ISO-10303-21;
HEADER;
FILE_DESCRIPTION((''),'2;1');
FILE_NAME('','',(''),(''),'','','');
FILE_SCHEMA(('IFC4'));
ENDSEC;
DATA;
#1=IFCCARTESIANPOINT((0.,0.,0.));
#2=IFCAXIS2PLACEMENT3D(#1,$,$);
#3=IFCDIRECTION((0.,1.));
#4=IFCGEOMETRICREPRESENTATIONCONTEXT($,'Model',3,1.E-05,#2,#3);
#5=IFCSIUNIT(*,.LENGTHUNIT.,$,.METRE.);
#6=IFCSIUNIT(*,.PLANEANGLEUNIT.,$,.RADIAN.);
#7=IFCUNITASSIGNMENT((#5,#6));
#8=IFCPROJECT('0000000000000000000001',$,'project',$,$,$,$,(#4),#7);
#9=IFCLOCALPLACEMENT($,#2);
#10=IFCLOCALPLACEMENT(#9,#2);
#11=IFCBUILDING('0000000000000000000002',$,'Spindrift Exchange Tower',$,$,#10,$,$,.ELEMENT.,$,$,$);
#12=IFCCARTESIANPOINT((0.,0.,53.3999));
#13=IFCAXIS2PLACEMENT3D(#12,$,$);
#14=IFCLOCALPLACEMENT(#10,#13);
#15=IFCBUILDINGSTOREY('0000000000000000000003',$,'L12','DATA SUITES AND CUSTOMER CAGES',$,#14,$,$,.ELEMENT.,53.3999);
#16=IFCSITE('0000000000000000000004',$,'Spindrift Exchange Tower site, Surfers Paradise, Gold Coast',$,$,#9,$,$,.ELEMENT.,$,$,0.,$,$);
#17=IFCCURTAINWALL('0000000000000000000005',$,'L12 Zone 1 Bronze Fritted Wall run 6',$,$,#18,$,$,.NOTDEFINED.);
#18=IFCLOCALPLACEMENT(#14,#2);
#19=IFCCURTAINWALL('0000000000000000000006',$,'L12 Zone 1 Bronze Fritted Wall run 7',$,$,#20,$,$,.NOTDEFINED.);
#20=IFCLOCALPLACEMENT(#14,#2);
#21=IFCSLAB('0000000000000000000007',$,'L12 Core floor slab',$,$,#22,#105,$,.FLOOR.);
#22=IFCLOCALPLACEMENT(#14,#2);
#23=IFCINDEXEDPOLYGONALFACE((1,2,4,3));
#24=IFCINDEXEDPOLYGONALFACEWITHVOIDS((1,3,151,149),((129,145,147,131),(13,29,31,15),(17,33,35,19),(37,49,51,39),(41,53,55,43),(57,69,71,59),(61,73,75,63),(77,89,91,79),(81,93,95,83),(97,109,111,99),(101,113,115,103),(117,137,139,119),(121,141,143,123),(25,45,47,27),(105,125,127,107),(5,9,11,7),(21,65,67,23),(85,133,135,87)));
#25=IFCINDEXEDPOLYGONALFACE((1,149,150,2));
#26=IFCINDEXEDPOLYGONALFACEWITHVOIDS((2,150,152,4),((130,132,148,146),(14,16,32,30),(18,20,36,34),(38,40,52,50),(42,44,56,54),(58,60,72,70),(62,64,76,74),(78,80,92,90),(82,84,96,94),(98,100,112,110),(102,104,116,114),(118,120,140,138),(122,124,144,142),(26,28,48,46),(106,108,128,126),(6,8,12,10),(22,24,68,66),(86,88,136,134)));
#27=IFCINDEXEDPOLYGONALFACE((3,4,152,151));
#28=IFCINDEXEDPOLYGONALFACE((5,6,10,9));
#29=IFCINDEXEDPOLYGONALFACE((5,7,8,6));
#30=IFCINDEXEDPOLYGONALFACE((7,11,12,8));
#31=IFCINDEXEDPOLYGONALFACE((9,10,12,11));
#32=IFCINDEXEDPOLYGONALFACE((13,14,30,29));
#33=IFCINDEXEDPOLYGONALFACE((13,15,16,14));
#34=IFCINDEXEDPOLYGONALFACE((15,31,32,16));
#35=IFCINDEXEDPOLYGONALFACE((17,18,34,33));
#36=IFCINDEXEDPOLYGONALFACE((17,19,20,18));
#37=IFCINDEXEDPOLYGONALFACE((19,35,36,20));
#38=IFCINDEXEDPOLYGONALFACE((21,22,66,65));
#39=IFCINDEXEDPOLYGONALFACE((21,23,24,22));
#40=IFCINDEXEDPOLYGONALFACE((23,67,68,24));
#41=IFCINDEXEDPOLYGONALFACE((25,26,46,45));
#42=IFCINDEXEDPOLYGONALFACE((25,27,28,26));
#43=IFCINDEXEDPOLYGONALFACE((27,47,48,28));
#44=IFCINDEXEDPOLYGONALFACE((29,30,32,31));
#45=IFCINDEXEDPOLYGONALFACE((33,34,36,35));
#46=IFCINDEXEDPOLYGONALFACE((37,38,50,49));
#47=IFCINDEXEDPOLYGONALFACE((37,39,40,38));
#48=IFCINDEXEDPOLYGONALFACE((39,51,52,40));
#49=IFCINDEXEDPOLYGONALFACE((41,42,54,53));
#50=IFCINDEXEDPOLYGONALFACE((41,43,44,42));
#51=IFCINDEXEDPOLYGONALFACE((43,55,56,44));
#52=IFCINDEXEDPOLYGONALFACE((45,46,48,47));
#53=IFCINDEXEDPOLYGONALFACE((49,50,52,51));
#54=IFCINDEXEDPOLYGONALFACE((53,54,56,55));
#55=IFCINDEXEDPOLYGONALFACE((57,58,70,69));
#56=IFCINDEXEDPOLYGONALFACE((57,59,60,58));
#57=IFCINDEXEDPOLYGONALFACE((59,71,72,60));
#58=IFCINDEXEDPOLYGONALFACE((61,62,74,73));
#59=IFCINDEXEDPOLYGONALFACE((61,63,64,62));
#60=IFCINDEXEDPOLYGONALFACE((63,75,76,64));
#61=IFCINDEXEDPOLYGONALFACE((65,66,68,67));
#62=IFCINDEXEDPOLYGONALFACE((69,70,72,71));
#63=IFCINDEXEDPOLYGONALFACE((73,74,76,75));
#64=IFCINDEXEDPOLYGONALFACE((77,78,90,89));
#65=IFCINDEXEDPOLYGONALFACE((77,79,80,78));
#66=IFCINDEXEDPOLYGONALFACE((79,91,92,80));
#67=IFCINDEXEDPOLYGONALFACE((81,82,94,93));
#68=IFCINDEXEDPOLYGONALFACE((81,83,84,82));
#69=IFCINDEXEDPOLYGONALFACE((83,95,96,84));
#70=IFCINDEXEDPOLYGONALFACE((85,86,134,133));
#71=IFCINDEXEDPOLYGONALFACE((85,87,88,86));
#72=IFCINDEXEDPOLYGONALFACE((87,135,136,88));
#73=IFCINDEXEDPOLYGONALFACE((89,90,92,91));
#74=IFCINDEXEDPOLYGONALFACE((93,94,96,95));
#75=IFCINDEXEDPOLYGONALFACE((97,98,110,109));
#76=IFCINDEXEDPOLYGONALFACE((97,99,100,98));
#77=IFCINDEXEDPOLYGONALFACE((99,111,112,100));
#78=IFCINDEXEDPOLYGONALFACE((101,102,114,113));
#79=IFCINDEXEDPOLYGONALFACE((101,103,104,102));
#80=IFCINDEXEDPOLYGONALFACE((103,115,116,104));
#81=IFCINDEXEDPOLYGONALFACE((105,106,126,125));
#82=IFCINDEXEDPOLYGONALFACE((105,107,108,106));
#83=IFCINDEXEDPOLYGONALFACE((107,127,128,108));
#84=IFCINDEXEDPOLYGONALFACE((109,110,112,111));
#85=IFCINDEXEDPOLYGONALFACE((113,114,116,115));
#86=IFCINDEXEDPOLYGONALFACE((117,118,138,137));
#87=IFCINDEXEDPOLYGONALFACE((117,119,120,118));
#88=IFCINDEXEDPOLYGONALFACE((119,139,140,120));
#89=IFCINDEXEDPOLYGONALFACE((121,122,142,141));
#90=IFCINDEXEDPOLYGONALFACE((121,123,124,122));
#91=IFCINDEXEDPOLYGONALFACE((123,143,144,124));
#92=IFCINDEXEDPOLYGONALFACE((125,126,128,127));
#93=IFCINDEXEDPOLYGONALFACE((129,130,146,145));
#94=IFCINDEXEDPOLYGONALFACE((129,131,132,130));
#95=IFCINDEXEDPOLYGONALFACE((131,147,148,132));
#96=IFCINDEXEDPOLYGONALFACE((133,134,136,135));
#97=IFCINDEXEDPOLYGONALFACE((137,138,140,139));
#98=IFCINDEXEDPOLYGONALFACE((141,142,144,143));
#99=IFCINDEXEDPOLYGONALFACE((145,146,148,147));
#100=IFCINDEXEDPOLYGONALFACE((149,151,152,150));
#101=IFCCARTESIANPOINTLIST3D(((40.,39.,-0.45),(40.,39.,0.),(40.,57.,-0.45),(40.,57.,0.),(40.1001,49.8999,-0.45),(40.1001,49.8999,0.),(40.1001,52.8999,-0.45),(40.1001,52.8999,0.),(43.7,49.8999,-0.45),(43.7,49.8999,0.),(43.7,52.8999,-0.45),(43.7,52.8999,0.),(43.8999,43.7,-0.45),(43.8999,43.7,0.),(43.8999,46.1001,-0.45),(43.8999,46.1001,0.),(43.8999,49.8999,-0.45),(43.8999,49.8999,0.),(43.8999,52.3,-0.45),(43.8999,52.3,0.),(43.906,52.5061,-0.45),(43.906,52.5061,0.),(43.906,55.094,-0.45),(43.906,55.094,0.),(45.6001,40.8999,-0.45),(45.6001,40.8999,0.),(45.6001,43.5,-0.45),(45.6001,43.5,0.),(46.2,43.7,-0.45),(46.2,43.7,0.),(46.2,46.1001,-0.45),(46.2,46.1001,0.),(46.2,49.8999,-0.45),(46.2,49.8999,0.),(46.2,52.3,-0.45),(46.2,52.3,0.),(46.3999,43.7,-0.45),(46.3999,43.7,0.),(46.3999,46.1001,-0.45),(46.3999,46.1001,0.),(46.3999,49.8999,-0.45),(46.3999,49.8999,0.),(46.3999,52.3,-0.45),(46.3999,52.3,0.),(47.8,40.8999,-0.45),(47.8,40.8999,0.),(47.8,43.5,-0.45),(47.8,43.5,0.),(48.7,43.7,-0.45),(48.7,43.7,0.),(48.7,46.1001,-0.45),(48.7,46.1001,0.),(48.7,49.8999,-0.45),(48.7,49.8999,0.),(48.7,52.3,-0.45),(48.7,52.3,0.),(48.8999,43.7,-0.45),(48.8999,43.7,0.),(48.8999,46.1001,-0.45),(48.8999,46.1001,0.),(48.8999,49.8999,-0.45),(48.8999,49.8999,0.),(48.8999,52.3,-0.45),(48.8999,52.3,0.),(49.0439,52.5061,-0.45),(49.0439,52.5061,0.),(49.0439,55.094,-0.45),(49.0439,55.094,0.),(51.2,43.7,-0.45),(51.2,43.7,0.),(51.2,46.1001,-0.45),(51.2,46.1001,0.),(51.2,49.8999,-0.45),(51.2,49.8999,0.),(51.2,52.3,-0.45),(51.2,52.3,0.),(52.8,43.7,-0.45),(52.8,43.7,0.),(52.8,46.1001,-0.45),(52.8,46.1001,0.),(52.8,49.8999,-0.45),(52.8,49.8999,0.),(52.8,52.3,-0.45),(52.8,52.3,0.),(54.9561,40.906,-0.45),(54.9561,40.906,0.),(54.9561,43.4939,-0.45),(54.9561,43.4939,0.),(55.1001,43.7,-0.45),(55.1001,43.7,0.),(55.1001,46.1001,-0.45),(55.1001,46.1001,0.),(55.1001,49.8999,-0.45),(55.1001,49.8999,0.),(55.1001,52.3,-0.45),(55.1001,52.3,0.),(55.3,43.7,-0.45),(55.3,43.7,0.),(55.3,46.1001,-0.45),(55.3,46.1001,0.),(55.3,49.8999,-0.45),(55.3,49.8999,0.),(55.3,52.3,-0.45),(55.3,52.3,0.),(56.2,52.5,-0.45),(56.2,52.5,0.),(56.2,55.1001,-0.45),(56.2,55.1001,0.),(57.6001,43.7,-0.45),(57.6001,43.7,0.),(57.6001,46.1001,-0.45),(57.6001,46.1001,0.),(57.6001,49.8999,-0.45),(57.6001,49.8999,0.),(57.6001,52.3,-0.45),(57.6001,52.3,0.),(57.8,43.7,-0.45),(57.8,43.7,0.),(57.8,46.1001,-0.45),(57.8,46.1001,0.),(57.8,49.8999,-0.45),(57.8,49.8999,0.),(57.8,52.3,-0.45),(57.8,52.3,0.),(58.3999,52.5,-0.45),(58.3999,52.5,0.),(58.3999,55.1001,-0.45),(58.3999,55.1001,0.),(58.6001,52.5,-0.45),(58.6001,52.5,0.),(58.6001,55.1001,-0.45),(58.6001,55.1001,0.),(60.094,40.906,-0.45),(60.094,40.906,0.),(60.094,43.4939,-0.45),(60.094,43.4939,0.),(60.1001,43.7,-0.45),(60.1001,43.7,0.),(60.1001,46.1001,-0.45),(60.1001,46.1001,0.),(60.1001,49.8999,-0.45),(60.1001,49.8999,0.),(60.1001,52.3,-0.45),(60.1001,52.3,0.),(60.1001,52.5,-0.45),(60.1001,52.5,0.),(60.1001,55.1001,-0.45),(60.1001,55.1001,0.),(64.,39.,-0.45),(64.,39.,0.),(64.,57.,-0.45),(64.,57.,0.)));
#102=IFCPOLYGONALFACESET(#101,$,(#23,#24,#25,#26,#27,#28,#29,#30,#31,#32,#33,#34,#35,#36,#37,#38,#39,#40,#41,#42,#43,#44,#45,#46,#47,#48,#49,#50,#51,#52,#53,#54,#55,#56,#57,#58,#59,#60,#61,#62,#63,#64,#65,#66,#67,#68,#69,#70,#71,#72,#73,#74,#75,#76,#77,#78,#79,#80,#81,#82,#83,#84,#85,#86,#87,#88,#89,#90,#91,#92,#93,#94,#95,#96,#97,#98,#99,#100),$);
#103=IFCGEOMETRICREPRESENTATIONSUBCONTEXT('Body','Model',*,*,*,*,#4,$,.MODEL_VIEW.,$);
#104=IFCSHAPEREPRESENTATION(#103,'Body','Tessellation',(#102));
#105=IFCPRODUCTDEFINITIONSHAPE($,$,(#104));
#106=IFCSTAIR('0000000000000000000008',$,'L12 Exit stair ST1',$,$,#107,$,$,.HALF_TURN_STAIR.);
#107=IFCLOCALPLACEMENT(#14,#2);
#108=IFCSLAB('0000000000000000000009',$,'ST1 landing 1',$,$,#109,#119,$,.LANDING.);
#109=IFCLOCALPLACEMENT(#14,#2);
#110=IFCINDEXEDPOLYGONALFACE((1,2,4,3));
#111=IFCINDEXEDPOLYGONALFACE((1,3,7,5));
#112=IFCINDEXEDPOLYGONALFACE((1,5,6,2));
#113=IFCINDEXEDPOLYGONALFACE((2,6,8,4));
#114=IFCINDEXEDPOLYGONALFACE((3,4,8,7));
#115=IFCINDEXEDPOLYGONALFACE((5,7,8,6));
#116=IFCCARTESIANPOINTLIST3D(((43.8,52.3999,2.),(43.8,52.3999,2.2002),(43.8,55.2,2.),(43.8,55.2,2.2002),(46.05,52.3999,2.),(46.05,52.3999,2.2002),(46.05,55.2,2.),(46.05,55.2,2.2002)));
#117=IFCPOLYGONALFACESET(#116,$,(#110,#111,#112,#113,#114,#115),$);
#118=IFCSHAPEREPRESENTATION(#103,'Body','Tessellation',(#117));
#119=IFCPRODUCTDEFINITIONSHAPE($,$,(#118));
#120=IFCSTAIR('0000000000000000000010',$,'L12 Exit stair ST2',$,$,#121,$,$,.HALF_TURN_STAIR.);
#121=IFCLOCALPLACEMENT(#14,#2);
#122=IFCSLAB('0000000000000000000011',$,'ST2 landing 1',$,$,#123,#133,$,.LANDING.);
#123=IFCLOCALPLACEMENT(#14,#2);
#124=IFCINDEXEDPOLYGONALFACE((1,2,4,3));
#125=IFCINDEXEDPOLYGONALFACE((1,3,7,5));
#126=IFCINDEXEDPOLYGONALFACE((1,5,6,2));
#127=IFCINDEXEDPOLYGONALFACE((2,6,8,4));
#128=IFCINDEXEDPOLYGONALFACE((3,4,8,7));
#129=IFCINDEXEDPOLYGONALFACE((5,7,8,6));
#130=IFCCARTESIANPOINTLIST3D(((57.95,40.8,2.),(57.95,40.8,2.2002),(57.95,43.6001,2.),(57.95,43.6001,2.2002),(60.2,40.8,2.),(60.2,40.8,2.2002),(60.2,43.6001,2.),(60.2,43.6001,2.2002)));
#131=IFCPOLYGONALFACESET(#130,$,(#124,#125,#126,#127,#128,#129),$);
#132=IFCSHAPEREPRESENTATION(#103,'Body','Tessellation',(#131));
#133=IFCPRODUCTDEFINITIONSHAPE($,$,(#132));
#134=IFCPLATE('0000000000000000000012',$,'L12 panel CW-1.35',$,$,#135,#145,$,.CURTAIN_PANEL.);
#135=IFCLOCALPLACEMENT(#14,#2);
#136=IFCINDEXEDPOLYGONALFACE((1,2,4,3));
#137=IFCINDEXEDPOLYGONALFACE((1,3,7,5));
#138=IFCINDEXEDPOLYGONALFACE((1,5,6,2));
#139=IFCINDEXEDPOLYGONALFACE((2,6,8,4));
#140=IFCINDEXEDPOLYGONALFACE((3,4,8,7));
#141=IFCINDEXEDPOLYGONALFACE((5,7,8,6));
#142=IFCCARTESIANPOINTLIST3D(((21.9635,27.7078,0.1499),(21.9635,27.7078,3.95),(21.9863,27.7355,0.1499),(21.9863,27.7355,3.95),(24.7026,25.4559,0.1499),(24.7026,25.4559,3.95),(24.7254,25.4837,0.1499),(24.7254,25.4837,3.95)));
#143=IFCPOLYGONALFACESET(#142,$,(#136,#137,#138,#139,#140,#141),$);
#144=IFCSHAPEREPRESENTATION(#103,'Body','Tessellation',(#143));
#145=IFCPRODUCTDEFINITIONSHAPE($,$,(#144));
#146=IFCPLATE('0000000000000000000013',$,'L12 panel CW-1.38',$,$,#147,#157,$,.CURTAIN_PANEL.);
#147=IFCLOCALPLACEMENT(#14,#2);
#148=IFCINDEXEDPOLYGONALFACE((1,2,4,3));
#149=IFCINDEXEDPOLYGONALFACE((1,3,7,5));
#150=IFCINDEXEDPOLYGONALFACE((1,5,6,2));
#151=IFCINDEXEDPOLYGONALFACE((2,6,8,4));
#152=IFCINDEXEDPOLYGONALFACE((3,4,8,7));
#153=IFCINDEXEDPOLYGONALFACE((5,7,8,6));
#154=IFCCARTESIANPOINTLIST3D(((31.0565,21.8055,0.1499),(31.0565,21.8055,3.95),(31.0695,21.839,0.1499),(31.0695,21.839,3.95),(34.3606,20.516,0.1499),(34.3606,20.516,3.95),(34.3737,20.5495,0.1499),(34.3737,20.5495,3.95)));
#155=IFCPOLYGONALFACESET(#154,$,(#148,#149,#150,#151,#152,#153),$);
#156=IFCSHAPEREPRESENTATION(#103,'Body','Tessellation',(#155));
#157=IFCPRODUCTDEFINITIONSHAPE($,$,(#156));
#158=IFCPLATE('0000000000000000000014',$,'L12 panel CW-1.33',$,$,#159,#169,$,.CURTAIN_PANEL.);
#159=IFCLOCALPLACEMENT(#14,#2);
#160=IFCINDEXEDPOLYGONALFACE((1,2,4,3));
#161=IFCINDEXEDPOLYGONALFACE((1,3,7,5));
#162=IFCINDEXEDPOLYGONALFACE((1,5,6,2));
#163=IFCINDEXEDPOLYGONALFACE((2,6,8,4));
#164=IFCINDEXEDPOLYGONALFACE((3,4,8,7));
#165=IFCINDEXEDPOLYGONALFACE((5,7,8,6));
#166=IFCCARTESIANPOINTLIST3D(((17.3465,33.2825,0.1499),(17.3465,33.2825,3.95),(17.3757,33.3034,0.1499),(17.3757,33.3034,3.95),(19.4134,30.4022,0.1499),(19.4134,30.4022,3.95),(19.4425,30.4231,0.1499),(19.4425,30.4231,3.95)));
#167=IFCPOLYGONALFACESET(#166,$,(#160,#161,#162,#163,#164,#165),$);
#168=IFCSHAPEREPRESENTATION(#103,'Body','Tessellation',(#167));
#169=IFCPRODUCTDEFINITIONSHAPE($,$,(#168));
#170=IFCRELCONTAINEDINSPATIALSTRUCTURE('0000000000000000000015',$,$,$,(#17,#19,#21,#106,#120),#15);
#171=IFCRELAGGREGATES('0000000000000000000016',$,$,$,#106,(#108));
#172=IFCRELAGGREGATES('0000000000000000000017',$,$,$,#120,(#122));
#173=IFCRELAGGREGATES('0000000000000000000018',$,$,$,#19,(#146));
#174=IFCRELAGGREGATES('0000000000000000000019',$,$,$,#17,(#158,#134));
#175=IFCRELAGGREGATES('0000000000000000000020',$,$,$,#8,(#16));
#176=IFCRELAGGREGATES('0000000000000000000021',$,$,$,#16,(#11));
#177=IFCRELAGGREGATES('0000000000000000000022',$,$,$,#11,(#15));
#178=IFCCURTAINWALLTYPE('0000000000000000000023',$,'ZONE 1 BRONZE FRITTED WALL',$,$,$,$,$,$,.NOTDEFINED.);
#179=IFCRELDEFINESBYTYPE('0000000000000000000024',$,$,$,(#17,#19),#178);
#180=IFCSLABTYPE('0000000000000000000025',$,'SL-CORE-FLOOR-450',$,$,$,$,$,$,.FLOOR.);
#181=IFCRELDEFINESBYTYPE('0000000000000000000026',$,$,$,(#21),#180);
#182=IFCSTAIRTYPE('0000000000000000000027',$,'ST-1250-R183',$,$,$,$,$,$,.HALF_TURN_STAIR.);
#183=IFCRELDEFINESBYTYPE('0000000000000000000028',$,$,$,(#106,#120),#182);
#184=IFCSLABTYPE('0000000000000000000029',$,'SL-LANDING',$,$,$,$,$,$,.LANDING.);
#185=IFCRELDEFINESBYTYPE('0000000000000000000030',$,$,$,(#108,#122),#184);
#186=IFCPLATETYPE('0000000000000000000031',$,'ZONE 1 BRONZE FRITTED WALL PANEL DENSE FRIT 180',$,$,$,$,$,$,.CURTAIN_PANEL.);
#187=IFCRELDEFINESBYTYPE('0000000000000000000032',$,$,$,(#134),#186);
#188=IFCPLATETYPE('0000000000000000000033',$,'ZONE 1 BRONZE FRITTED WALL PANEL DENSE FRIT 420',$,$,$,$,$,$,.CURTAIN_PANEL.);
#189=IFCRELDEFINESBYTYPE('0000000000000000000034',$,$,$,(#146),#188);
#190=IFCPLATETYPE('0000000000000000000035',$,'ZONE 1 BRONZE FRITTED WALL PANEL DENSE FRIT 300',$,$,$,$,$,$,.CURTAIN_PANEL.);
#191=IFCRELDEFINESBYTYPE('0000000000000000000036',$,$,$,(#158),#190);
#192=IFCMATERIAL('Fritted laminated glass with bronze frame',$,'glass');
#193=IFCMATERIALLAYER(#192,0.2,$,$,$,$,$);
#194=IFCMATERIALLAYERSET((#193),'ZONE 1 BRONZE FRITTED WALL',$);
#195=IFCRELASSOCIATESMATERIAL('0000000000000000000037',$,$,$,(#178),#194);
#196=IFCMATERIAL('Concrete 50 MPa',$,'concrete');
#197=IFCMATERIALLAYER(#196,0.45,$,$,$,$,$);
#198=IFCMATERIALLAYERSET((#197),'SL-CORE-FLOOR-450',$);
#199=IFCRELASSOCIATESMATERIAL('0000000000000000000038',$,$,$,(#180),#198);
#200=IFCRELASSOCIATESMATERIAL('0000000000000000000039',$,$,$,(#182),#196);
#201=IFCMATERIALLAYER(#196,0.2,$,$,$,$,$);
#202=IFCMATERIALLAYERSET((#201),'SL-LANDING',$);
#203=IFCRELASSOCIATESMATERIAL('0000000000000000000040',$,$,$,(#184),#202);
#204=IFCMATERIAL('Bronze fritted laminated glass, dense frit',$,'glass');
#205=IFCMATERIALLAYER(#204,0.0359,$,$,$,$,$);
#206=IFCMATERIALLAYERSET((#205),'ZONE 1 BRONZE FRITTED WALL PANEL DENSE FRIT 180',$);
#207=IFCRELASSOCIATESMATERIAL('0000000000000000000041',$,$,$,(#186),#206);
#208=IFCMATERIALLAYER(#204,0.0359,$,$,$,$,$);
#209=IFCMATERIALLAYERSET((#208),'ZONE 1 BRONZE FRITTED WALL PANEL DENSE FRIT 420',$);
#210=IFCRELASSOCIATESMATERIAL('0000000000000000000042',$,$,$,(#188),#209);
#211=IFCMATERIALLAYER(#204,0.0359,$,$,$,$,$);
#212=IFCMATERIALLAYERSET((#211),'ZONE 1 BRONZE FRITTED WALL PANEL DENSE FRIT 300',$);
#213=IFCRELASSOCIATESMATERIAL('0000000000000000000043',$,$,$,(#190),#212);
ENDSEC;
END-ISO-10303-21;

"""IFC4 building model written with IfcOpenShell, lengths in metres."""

from ifc_helpers import new_model, si_unit, direction, frame, origin, origin_2d, place, context, subcontext, project, spatial, line, indexed_curve, rectangle, outline, extrude, source, transform, mapped, material, layer, layer_set, type_object, element, aggregate, save


model = new_model("IFC4")

# Units and contexts
model_context = context("Model", 3, precision=1e-05, world=origin(), true_north=direction((0.0, 1.0)))
body_context = subcontext(model_context, "Body", "Model", "MODEL_VIEW")
ifc_project = project(units=[si_unit("LENGTHUNIT", "METRE"), si_unit("PLANEANGLEUNIT", "RADIAN")], contexts=[model_context])

# Site, building, storey
site_placement = place(None, origin())
site = spatial("IfcSite", under=ifc_project, at=site_placement, Name="Spindrift Exchange Tower site, Surfers Paradise, Gold Coast", CompositionType="ELEMENT", RefElevation=0.0)
building_placement = place(site_placement, origin())
building = spatial("IfcBuilding", under=site, at=building_placement, Name="Spindrift Exchange Tower", CompositionType="ELEMENT")
storey_placement = place(building_placement, frame((0.0, 0.0, 53.3999)))
storey = spatial("IfcBuildingStorey", under=building, at=storey_placement, Name="L12", Description="DATA SUITES AND CUSTOMER CAGES", CompositionType="ELEMENT", Elevation=53.3999)

# Curtain walls
ifc_material_1 = material(Name="Fritted laminated glass with bronze frame", Category="glass")
ifc_layer_1 = layer(ifc_material_1, 0.2)
ifc_layer_set_1 = layer_set([ifc_layer_1], Name="ZONE 1 BRONZE FRITTED WALL")
curtain_wall_type = type_object("IfcCurtainWallType", Name="ZONE 1 BRONZE FRITTED WALL", PredefinedType="NOTDEFINED", material=ifc_layer_set_1)
curtain_wall_1_placement = place(storey_placement, origin())
curtain_wall_1 = element("IfcCurtainWall", 1, at=curtain_wall_1_placement, inside=storey, type_object=curtain_wall_type, Name="L12 Zone 1 Bronze Fritted Wall run 6", PredefinedType="NOTDEFINED")
curtain_wall_2_placement = place(storey_placement, origin())
curtain_wall_2 = element("IfcCurtainWall", 2, at=curtain_wall_2_placement, inside=storey, type_object=curtain_wall_type, Name="L12 Zone 1 Bronze Fritted Wall run 7", PredefinedType="NOTDEFINED")

# Slab
ifc_material_2 = material(Name="Concrete 50 MPa", Category="concrete")
ifc_layer_2 = layer(ifc_material_2, 0.45)
ifc_layer_set_2 = layer_set([ifc_layer_2], Name="SL-CORE-FLOOR-450")
slab_type_1 = type_object("IfcSlabType", Name="SL-CORE-FLOOR-450", PredefinedType="FLOOR", material=ifc_layer_set_2)
slab_1_placement = place(storey_placement, frame((0.0, 0.0, -0.45)))
element("IfcSlab", 3, at=slab_1_placement, inside=storey, type_object=slab_type_1, Name="L12 Core floor slab", PredefinedType="FLOOR", context=body_context, shape_type="SweptSolid", body=[
    extrude(outline(indexed_curve([(40.0, 39.0), (40.0, 57.0), (64.0, 57.0), (64.0, 39.0)], segments=[line(1, 2, 3, 4, 1)], self_intersect=False), holes=[indexed_curve([(47.8, 43.5), (45.6001, 43.5), (45.6001, 40.8999), (47.8, 40.8999)], segments=[line(1, 2, 3, 4, 1)], self_intersect=False), indexed_curve([(46.2, 46.1001), (43.8999, 46.1001), (43.8999, 43.7), (46.2, 43.7)], segments=[line(1, 2, 3, 4, 1)], self_intersect=False), indexed_curve([(48.7, 46.1001), (46.3999, 46.1001), (46.3999, 43.7), (48.7, 43.7)], segments=[line(1, 2, 3, 4, 1)], self_intersect=False), indexed_curve([(51.2, 46.1001), (48.8999, 46.1001), (48.8999, 43.7), (51.2, 43.7)], segments=[line(1, 2, 3, 4, 1)], self_intersect=False), indexed_curve([(46.2, 52.3), (43.8999, 52.3), (43.8999, 49.8999), (46.2, 49.8999)], segments=[line(1, 2, 3, 4, 1)], self_intersect=False), indexed_curve([(48.7, 52.3), (46.3999, 52.3), (46.3999, 49.8999), (48.7, 49.8999)], segments=[line(1, 2, 3, 4, 1)], self_intersect=False), indexed_curve([(51.2, 52.3), (48.8999, 52.3), (48.8999, 49.8999), (51.2, 49.8999)], segments=[line(1, 2, 3, 4, 1)], self_intersect=False), indexed_curve([(43.7, 49.8999), (43.7, 52.8999), (40.1001, 52.8999), (40.1001, 49.8999)], segments=[line(1, 2, 3, 4, 1)], self_intersect=False), indexed_curve([(49.0439, 55.094), (43.906, 55.094), (43.906, 52.5061), (49.0439, 52.5061)], segments=[line(1, 2, 3, 4, 1)], self_intersect=False), indexed_curve([(60.094, 40.906), (60.094, 43.4939), (54.9561, 43.4939), (54.9561, 40.906)], segments=[line(1, 2, 3, 4, 1)], self_intersect=False), indexed_curve([(55.1001, 46.1001), (52.8, 46.1001), (52.8, 43.7), (55.1001, 43.7)], segments=[line(1, 2, 3, 4, 1)], self_intersect=False), indexed_curve([(57.6001, 46.1001), (55.3, 46.1001), (55.3, 43.7), (57.6001, 43.7)], segments=[line(1, 2, 3, 4, 1)], self_intersect=False), indexed_curve([(60.1001, 46.1001), (57.8, 46.1001), (57.8, 43.7), (60.1001, 43.7)], segments=[line(1, 2, 3, 4, 1)], self_intersect=False), indexed_curve([(55.1001, 52.3), (52.8, 52.3), (52.8, 49.8999), (55.1001, 49.8999)], segments=[line(1, 2, 3, 4, 1)], self_intersect=False), indexed_curve([(57.6001, 52.3), (55.3, 52.3), (55.3, 49.8999), (57.6001, 49.8999)], segments=[line(1, 2, 3, 4, 1)], self_intersect=False), indexed_curve([(60.1001, 52.3), (57.8, 52.3), (57.8, 49.8999), (60.1001, 49.8999)], segments=[line(1, 2, 3, 4, 1)], self_intersect=False), indexed_curve([(58.3999, 52.5), (58.3999, 55.1001), (56.2, 55.1001), (56.2, 52.5)], segments=[line(1, 2, 3, 4, 1)], self_intersect=False), indexed_curve([(60.1001, 52.5), (60.1001, 55.1001), (58.6001, 55.1001), (58.6001, 52.5)], segments=[line(1, 2, 3, 4, 1)], self_intersect=False)]), origin(), (0.0, 0.0, 1.0), 0.45),
])

# Stairs, slabs
stair_type = type_object("IfcStairType", Name="ST-1250-R183", PredefinedType="HALF_TURN_STAIR", material=ifc_material_2)
stair_1_placement = place(storey_placement, origin())
stair_1 = element("IfcStair", 4, at=stair_1_placement, inside=storey, type_object=stair_type, Name="L12 Exit stair ST1", PredefinedType="HALF_TURN_STAIR")
ifc_layer_3 = layer(ifc_material_2, 0.2)
ifc_layer_set_3 = layer_set([ifc_layer_3], Name="SL-LANDING")
slab_type_2 = type_object("IfcSlabType", Name="SL-LANDING", PredefinedType="LANDING", material=ifc_layer_set_3)
slab_2_placement = place(storey_placement, frame((0.0, 0.0, 2.0)))
slab_2 = element("IfcSlab", 5, at=slab_2_placement, type_object=slab_type_2, Name="ST1 landing 1", PredefinedType="LANDING", context=body_context, shape_type="SweptSolid", body=[
    extrude(outline(indexed_curve([(46.05, 52.3999), (43.8, 52.3999), (43.8, 55.2), (46.05, 55.2)], segments=[line(1, 2, 3, 4, 1)], self_intersect=False)), origin(), (0.0, 0.0, 1.0), 0.2002),
])
aggregate(stair_1, [slab_2])
stair_2_placement = place(storey_placement, origin())
stair_2 = element("IfcStair", 6, at=stair_2_placement, inside=storey, type_object=stair_type, Name="L12 Exit stair ST2", PredefinedType="HALF_TURN_STAIR")
slab_3_placement = place(storey_placement, frame((0.0, 0.0, 2.0)))
slab_3 = element("IfcSlab", 7, at=slab_3_placement, type_object=slab_type_2, Name="ST2 landing 1", PredefinedType="LANDING", context=body_context, shape_type="SweptSolid", body=[
    extrude(outline(indexed_curve([(57.95, 43.6001), (60.2, 43.6001), (60.2, 40.8), (57.95, 40.8)], segments=[line(1, 2, 3, 4, 1)], self_intersect=False)), origin(), (0.0, 0.0, 1.0), 0.2002),
])
aggregate(stair_2, [slab_3])

# Plates
ifc_material_3 = material(Name="Bronze fritted laminated glass, dense frit", Category="glass")
ifc_layer_4 = layer(ifc_material_3, 0.0359)
ifc_layer_set_4 = layer_set([ifc_layer_4], Name="ZONE 1 BRONZE FRITTED WALL PANEL DENSE FRIT 180")
plate_type_1 = type_object("IfcPlateType", Name="ZONE 1 BRONZE FRITTED WALL PANEL DENSE FRIT 180", PredefinedType="CURTAIN_PANEL", material=ifc_layer_set_4)
shared_shape_1 = source(origin(), body_context, "Body", "SweptSolid", [
    extrude(rectangle(XDim=3.5459, YDim=0.0359, at=origin_2d()), origin(), (0.0, 0.0, 1.0), 3.8),
])
plate_1_placement = place(storey_placement, frame((23.3445, 26.5957, 0.1499), z_axis=(0.0, 0.0, 1.0), x_axis=(0.772472, -0.635049, 0.0)))
plate_1 = element("IfcPlate", 8, at=plate_1_placement, type_object=plate_type_1, Name="L12 panel CW-1.35", PredefinedType="CURTAIN_PANEL", context=body_context, shape_type="MappedRepresentation", body=[
    mapped(shared_shape_1, transform((0.0, 0.0, 0.0), scale=1.0)),
])
ifc_layer_5 = layer(ifc_material_3, 0.0359)
ifc_layer_set_5 = layer_set([ifc_layer_5], Name="ZONE 1 BRONZE FRITTED WALL PANEL DENSE FRIT 420")
plate_type_2 = type_object("IfcPlateType", Name="ZONE 1 BRONZE FRITTED WALL PANEL DENSE FRIT 420", PredefinedType="CURTAIN_PANEL", material=ifc_layer_set_5)
shared_shape_2 = source(origin(), body_context, "Body", "SweptSolid", [
    extrude(rectangle(XDim=3.5469, YDim=0.0359, at=origin_2d()), origin(), (0.0, 0.0, 1.0), 3.8),
])
plate_2_placement = place(storey_placement, frame((32.7151, 21.1775, 0.1499), z_axis=(0.0, 0.0, 1.0), x_axis=(0.93157, -0.363562, 0.0)))
plate_2 = element("IfcPlate", 9, at=plate_2_placement, type_object=plate_type_2, Name="L12 panel CW-1.38", PredefinedType="CURTAIN_PANEL", context=body_context, shape_type="MappedRepresentation", body=[
    mapped(shared_shape_2, transform((0.0, 0.0, 0.0), scale=1.0)),
])
ifc_layer_6 = layer(ifc_material_3, 0.0359)
ifc_layer_set_6 = layer_set([ifc_layer_6], Name="ZONE 1 BRONZE FRITTED WALL PANEL DENSE FRIT 300")
plate_type_3 = type_object("IfcPlateType", Name="ZONE 1 BRONZE FRITTED WALL PANEL DENSE FRIT 300", PredefinedType="CURTAIN_PANEL", material=ifc_layer_set_6)
shared_shape_3 = source(origin(), body_context, "Body", "SweptSolid", [
    extrude(rectangle(XDim=3.5452, YDim=0.0359, at=origin_2d()), origin(), (0.0, 0.0, 1.0), 3.8),
])
plate_3_placement = place(storey_placement, frame((18.3945, 31.8528, 0.1499), z_axis=(0.0, 0.0, 1.0), x_axis=(0.583011, -0.812464, 0.0)))
plate_3 = element("IfcPlate", 10, at=plate_3_placement, type_object=plate_type_3, Name="L12 panel CW-1.33", PredefinedType="CURTAIN_PANEL", context=body_context, shape_type="MappedRepresentation", body=[
    mapped(shared_shape_3, transform((0.0, 0.0, 0.0), scale=1.0)),
])
aggregate(curtain_wall_2, [plate_2])
aggregate(curtain_wall_1, [plate_3, plate_1])

save(model, "model.ifc")
